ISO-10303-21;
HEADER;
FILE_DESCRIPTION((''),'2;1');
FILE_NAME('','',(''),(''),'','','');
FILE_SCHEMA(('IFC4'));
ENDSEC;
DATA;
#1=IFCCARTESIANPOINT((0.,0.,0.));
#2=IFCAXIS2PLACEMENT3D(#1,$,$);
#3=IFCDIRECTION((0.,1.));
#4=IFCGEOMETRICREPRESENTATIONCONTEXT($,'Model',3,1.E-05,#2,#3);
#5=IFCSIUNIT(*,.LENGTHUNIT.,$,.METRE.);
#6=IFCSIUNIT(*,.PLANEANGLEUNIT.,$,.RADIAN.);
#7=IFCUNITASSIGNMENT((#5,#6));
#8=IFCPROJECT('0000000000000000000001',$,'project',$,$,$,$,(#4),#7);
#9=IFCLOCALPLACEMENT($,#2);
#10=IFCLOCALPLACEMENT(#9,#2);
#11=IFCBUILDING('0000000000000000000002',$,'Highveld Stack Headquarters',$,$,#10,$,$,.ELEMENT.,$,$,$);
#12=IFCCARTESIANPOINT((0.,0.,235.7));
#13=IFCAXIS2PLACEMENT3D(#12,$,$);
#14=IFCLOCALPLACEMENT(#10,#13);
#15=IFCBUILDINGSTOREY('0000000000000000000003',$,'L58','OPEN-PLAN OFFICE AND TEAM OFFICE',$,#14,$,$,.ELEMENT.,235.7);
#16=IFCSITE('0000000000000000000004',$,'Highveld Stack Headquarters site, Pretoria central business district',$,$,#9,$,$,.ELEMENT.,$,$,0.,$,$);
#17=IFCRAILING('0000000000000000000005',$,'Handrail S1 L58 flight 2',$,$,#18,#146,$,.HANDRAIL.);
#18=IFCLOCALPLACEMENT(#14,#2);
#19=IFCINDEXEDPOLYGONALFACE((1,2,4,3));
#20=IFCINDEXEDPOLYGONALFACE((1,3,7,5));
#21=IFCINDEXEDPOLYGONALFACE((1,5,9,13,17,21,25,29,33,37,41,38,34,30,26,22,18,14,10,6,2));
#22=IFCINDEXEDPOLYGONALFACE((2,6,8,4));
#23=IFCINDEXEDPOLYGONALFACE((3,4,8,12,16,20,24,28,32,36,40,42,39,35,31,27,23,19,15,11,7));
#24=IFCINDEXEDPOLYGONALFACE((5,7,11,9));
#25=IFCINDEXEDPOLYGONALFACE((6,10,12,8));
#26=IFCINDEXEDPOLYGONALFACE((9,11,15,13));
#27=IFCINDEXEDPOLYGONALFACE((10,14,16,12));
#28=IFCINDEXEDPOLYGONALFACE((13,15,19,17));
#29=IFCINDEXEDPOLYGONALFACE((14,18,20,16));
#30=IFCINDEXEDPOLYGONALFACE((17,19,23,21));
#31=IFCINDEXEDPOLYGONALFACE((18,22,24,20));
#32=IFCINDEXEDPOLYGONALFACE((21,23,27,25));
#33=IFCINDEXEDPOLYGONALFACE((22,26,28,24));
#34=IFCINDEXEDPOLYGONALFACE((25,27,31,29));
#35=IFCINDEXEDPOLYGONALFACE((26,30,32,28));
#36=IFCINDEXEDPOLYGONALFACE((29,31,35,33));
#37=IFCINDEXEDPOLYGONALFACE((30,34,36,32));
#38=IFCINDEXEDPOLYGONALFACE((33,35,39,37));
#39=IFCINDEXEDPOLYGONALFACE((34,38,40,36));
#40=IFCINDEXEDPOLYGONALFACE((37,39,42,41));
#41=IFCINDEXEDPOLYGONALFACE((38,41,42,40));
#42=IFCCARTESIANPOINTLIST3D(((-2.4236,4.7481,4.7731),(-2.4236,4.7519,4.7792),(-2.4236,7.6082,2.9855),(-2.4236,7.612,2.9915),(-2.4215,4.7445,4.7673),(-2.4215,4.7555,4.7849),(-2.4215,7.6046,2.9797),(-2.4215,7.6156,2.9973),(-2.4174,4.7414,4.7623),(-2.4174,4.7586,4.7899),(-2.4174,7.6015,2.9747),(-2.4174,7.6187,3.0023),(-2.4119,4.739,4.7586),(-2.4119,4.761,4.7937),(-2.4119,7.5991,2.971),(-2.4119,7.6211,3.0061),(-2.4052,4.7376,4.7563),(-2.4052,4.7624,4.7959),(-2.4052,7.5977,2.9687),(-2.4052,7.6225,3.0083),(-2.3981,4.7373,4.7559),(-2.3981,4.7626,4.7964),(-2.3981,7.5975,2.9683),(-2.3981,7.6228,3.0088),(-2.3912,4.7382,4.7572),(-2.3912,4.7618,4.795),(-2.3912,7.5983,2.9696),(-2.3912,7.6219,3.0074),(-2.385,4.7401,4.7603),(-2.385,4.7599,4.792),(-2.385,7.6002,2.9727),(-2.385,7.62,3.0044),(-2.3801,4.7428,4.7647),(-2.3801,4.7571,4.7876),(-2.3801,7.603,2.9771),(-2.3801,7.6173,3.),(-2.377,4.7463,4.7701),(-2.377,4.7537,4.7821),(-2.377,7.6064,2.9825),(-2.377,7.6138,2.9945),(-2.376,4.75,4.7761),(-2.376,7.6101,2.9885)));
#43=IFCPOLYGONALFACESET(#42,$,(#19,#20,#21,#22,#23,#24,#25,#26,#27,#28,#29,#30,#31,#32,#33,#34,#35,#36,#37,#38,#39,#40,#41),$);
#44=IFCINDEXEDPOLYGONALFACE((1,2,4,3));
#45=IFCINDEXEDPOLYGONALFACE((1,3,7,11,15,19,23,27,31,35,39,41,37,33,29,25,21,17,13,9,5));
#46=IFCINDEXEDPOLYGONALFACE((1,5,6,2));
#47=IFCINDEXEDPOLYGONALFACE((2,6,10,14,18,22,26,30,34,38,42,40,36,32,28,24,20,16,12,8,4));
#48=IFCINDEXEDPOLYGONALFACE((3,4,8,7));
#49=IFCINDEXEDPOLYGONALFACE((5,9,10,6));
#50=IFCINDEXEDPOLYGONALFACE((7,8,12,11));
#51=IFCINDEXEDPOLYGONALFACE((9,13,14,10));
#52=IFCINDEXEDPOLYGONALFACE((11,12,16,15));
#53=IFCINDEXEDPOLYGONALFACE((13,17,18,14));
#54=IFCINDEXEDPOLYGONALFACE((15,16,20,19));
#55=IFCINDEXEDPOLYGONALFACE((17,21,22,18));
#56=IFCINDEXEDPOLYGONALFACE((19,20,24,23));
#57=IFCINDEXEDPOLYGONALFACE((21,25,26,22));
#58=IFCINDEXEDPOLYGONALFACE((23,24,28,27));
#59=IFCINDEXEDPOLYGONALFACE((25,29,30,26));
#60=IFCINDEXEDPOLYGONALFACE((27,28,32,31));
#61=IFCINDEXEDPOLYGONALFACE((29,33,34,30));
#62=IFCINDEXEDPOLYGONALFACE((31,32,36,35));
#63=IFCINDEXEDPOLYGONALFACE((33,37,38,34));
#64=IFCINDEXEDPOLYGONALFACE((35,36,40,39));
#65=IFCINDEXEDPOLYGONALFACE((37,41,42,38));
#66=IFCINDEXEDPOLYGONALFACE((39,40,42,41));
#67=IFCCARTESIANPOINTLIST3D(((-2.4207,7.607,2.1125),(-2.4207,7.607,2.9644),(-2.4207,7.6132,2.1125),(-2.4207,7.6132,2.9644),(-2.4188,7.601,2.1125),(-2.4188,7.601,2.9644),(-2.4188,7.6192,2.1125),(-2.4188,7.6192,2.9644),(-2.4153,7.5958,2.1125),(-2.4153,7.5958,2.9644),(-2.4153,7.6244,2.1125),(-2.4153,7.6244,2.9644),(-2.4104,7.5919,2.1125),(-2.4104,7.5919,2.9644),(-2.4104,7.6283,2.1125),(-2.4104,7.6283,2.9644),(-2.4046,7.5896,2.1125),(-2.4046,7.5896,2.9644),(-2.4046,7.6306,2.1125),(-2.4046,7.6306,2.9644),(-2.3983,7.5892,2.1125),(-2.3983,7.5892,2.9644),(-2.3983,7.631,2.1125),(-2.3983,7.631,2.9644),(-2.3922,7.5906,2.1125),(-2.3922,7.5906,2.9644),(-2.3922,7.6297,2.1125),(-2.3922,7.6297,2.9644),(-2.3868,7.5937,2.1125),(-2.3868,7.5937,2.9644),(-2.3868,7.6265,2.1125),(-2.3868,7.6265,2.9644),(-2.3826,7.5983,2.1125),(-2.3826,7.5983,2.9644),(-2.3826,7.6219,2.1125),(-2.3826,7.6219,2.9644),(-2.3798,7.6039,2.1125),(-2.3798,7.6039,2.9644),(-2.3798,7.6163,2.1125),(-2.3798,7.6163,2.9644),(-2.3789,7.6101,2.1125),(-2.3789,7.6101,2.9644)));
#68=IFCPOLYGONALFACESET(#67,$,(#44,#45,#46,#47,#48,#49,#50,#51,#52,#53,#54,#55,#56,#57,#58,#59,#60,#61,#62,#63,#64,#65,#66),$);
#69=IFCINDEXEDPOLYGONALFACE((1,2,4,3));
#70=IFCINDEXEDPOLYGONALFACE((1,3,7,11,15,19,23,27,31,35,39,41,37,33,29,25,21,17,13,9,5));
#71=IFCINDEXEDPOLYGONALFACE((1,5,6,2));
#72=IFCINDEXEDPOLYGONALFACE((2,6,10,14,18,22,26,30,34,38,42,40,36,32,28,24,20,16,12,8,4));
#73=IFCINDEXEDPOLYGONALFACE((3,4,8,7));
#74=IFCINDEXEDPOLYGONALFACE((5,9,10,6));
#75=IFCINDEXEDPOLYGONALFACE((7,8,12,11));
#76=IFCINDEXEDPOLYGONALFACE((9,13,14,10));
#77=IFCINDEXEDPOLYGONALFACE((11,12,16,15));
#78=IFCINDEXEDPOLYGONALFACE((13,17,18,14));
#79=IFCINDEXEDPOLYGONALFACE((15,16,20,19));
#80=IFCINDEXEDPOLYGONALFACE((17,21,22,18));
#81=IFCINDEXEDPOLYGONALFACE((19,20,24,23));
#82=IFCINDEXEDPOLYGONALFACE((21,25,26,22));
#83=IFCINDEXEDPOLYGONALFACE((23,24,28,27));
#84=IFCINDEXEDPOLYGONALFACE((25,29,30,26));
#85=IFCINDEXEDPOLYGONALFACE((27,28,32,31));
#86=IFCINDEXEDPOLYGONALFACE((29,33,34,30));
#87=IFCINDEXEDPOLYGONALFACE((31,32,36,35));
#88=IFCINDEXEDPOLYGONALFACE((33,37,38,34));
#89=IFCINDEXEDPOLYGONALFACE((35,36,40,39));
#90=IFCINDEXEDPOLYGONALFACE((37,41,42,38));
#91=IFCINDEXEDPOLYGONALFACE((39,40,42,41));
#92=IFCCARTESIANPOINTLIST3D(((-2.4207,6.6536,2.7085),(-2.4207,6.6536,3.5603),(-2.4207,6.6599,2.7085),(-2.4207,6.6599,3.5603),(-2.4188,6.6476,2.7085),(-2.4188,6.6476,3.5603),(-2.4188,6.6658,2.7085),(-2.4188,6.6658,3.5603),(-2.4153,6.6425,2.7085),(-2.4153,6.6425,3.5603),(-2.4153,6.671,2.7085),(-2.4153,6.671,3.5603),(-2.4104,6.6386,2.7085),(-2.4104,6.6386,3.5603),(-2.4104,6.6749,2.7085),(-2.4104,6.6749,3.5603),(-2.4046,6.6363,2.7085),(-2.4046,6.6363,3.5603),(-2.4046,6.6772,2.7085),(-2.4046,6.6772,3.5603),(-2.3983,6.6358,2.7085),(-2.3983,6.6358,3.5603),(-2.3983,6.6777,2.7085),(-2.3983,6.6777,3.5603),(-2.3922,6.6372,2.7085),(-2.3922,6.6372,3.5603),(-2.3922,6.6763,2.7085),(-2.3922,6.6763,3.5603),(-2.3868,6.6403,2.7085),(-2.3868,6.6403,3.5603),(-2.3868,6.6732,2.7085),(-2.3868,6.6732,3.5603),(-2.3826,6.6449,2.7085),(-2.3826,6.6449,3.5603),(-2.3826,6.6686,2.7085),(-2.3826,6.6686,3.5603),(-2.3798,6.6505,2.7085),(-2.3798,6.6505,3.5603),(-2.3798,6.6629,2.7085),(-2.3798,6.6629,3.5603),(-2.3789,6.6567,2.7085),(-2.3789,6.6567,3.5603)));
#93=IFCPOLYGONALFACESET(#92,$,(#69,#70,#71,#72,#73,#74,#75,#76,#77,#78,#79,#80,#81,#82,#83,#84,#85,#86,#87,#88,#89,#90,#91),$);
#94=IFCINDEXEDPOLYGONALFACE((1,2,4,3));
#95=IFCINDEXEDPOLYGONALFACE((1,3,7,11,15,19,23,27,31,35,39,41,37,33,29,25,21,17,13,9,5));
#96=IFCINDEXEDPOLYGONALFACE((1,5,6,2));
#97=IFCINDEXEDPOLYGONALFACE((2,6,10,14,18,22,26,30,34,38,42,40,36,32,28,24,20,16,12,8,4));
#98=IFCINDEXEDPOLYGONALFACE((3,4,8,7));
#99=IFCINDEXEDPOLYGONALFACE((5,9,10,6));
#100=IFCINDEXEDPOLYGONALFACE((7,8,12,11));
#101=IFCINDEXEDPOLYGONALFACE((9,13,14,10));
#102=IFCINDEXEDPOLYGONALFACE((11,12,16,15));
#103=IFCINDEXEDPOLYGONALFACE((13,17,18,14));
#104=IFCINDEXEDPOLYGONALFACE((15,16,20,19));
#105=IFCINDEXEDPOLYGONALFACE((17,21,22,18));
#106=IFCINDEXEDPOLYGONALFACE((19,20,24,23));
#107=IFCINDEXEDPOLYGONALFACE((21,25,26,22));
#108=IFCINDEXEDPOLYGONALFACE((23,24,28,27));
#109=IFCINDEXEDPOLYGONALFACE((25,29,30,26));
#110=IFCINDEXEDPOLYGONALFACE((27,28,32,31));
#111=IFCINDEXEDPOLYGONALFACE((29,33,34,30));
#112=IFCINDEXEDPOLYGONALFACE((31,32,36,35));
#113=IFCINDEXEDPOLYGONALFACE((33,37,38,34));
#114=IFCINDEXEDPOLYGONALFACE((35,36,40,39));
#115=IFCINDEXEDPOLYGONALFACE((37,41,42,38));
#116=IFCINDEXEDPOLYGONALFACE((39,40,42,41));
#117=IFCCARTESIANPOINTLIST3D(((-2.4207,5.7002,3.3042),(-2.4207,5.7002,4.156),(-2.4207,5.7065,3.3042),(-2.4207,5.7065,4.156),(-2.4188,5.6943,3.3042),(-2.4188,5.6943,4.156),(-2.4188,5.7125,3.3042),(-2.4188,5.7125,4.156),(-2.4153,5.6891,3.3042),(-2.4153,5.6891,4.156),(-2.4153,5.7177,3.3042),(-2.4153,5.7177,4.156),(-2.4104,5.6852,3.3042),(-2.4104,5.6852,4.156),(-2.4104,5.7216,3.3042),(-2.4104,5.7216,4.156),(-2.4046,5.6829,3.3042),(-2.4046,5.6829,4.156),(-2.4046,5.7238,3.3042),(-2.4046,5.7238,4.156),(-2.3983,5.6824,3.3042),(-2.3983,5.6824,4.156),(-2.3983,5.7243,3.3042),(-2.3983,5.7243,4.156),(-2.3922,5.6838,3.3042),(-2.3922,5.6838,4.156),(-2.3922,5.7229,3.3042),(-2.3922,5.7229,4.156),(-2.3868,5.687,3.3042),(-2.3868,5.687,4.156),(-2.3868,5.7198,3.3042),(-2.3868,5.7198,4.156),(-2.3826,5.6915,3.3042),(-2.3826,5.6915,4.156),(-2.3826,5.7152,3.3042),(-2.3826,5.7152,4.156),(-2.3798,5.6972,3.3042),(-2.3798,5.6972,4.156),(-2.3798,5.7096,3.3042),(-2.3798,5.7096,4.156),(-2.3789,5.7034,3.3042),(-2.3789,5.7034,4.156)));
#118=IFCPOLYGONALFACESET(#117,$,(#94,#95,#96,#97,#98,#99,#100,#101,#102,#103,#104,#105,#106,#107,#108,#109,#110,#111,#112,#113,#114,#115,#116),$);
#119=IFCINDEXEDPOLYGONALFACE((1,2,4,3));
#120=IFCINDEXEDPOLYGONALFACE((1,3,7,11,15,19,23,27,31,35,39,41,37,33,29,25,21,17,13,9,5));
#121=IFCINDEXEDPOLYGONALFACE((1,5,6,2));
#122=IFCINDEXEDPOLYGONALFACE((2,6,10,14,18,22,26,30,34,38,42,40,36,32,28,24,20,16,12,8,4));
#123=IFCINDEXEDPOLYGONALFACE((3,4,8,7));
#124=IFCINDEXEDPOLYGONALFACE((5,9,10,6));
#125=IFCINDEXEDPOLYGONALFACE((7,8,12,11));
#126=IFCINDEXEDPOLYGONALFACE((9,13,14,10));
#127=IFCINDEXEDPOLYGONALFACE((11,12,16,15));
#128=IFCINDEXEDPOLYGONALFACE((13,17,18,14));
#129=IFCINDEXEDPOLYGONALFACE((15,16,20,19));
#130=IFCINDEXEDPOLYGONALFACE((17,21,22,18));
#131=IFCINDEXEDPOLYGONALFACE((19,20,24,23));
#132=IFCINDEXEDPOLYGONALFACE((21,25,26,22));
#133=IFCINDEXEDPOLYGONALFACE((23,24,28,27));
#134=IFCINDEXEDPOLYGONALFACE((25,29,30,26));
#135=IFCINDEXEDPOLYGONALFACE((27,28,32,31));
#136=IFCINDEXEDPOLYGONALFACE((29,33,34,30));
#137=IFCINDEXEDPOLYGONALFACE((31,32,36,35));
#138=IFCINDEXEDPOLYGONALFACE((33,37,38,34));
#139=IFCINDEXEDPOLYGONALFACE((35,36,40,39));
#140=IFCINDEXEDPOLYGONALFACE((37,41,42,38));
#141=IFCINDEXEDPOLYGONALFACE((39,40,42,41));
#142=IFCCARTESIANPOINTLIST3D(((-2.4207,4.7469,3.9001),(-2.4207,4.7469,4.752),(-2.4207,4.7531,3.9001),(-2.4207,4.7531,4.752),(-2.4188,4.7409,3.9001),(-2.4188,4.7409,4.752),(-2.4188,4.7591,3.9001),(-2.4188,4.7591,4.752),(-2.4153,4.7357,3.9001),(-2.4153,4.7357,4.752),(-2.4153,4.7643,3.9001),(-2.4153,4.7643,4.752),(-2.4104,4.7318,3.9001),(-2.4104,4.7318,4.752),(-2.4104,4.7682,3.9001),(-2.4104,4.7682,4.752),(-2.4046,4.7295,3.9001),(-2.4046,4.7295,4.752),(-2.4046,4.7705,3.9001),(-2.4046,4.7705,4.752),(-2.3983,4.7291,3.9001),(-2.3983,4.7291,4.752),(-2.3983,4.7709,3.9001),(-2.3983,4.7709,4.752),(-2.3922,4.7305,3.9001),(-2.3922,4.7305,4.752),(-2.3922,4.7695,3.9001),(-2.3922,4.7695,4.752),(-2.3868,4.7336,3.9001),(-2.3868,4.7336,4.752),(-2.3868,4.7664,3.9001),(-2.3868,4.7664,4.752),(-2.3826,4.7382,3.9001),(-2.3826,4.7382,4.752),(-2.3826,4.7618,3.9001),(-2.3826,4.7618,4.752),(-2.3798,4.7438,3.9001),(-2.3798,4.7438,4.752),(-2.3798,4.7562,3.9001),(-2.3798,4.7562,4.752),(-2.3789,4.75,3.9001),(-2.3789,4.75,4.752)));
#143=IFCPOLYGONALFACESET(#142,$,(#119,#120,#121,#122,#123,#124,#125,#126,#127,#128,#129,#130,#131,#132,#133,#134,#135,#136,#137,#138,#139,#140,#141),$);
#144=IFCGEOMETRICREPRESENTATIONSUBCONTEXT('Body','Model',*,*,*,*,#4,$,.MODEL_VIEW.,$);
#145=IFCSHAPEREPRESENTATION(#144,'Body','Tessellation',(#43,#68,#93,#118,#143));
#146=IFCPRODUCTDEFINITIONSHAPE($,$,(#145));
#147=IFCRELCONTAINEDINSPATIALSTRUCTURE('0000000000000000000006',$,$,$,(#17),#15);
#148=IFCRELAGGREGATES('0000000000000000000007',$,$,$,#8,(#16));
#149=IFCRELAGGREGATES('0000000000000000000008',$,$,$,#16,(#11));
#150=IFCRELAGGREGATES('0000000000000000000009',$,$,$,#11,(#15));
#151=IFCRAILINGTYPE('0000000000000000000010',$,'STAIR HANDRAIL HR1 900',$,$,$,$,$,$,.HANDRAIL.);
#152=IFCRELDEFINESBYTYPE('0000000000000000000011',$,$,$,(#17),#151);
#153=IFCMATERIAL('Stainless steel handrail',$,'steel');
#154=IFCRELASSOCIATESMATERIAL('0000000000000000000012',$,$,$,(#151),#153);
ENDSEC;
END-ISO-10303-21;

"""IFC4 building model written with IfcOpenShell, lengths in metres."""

from ifc_helpers import new_model, si_unit, direction, frame, origin, origin_2d, place, context, subcontext, project, spatial, circle, extrude, material, type_object, element, save


model = new_model("IFC4")

# Units and contexts
model_context = context("Model", 3, precision=1e-05, world=origin(), true_north=direction((0.0, 1.0)))
body_context = subcontext(model_context, "Body", "Model", "MODEL_VIEW")
ifc_project = project(units=[si_unit("LENGTHUNIT", "METRE"), si_unit("PLANEANGLEUNIT", "RADIAN")], contexts=[model_context])

# Site, building, storey
site_placement = place(None, origin())
site = spatial("IfcSite", under=ifc_project, at=site_placement, Name="Highveld Stack Headquarters site, Pretoria central business district", CompositionType="ELEMENT", RefElevation=0.0)
building_placement = place(site_placement, origin())
building = spatial("IfcBuilding", under=site, at=building_placement, Name="Highveld Stack Headquarters", CompositionType="ELEMENT")
storey_placement = place(building_placement, frame((0.0, 0.0, 235.7)))
storey = spatial("IfcBuildingStorey", under=building, at=storey_placement, Name="L58", Description="OPEN-PLAN OFFICE AND TEAM OFFICE", CompositionType="ELEMENT", Elevation=235.7)

# Railing
ifc_material_1 = material(Name="Stainless steel handrail", Category="steel")
railing_type = type_object("IfcRailingType", Name="STAIR HANDRAIL HR1 900", PredefinedType="HANDRAIL", material=ifc_material_1)
for number, where, name in (
    (1, (-2.3999, 7.6101, 2.1125), "Handrail S1 L58 flight 2"),
):
    element("IfcRailing", number, at=place(storey_placement, frame(where)), inside=storey, type_object=railing_type, Name=name, PredefinedType="HANDRAIL", context=body_context, shape_type="SweptSolid", body=[
        extrude(circle(Radius=0.0239, at=origin_2d()), frame((0.0, 0.0, 0.876), z_axis=(0.0, -0.847994, 0.530005), x_axis=(1.0, 0.0, 0.0)), (0.0, 0.0, 1.0), 3.3728),
        extrude(circle(Radius=0.021, at=origin_2d()), origin(), (0.0, 0.0, 1.0), 0.8518),
        extrude(circle(Radius=0.021, at=origin_2d()), frame((0.0, -0.9534, 0.5959)), (0.0, 0.0, 1.0), 0.8518),
        extrude(circle(Radius=0.021, at=origin_2d()), frame((0.0, -1.9067, 1.1917)), (0.0, 0.0, 1.0), 0.8518),
        extrude(circle(Radius=0.021, at=origin_2d()), frame((0.0, -2.8601, 1.7876)), (0.0, 0.0, 1.0), 0.8518),
    ])

save(model, "model.ifc")
